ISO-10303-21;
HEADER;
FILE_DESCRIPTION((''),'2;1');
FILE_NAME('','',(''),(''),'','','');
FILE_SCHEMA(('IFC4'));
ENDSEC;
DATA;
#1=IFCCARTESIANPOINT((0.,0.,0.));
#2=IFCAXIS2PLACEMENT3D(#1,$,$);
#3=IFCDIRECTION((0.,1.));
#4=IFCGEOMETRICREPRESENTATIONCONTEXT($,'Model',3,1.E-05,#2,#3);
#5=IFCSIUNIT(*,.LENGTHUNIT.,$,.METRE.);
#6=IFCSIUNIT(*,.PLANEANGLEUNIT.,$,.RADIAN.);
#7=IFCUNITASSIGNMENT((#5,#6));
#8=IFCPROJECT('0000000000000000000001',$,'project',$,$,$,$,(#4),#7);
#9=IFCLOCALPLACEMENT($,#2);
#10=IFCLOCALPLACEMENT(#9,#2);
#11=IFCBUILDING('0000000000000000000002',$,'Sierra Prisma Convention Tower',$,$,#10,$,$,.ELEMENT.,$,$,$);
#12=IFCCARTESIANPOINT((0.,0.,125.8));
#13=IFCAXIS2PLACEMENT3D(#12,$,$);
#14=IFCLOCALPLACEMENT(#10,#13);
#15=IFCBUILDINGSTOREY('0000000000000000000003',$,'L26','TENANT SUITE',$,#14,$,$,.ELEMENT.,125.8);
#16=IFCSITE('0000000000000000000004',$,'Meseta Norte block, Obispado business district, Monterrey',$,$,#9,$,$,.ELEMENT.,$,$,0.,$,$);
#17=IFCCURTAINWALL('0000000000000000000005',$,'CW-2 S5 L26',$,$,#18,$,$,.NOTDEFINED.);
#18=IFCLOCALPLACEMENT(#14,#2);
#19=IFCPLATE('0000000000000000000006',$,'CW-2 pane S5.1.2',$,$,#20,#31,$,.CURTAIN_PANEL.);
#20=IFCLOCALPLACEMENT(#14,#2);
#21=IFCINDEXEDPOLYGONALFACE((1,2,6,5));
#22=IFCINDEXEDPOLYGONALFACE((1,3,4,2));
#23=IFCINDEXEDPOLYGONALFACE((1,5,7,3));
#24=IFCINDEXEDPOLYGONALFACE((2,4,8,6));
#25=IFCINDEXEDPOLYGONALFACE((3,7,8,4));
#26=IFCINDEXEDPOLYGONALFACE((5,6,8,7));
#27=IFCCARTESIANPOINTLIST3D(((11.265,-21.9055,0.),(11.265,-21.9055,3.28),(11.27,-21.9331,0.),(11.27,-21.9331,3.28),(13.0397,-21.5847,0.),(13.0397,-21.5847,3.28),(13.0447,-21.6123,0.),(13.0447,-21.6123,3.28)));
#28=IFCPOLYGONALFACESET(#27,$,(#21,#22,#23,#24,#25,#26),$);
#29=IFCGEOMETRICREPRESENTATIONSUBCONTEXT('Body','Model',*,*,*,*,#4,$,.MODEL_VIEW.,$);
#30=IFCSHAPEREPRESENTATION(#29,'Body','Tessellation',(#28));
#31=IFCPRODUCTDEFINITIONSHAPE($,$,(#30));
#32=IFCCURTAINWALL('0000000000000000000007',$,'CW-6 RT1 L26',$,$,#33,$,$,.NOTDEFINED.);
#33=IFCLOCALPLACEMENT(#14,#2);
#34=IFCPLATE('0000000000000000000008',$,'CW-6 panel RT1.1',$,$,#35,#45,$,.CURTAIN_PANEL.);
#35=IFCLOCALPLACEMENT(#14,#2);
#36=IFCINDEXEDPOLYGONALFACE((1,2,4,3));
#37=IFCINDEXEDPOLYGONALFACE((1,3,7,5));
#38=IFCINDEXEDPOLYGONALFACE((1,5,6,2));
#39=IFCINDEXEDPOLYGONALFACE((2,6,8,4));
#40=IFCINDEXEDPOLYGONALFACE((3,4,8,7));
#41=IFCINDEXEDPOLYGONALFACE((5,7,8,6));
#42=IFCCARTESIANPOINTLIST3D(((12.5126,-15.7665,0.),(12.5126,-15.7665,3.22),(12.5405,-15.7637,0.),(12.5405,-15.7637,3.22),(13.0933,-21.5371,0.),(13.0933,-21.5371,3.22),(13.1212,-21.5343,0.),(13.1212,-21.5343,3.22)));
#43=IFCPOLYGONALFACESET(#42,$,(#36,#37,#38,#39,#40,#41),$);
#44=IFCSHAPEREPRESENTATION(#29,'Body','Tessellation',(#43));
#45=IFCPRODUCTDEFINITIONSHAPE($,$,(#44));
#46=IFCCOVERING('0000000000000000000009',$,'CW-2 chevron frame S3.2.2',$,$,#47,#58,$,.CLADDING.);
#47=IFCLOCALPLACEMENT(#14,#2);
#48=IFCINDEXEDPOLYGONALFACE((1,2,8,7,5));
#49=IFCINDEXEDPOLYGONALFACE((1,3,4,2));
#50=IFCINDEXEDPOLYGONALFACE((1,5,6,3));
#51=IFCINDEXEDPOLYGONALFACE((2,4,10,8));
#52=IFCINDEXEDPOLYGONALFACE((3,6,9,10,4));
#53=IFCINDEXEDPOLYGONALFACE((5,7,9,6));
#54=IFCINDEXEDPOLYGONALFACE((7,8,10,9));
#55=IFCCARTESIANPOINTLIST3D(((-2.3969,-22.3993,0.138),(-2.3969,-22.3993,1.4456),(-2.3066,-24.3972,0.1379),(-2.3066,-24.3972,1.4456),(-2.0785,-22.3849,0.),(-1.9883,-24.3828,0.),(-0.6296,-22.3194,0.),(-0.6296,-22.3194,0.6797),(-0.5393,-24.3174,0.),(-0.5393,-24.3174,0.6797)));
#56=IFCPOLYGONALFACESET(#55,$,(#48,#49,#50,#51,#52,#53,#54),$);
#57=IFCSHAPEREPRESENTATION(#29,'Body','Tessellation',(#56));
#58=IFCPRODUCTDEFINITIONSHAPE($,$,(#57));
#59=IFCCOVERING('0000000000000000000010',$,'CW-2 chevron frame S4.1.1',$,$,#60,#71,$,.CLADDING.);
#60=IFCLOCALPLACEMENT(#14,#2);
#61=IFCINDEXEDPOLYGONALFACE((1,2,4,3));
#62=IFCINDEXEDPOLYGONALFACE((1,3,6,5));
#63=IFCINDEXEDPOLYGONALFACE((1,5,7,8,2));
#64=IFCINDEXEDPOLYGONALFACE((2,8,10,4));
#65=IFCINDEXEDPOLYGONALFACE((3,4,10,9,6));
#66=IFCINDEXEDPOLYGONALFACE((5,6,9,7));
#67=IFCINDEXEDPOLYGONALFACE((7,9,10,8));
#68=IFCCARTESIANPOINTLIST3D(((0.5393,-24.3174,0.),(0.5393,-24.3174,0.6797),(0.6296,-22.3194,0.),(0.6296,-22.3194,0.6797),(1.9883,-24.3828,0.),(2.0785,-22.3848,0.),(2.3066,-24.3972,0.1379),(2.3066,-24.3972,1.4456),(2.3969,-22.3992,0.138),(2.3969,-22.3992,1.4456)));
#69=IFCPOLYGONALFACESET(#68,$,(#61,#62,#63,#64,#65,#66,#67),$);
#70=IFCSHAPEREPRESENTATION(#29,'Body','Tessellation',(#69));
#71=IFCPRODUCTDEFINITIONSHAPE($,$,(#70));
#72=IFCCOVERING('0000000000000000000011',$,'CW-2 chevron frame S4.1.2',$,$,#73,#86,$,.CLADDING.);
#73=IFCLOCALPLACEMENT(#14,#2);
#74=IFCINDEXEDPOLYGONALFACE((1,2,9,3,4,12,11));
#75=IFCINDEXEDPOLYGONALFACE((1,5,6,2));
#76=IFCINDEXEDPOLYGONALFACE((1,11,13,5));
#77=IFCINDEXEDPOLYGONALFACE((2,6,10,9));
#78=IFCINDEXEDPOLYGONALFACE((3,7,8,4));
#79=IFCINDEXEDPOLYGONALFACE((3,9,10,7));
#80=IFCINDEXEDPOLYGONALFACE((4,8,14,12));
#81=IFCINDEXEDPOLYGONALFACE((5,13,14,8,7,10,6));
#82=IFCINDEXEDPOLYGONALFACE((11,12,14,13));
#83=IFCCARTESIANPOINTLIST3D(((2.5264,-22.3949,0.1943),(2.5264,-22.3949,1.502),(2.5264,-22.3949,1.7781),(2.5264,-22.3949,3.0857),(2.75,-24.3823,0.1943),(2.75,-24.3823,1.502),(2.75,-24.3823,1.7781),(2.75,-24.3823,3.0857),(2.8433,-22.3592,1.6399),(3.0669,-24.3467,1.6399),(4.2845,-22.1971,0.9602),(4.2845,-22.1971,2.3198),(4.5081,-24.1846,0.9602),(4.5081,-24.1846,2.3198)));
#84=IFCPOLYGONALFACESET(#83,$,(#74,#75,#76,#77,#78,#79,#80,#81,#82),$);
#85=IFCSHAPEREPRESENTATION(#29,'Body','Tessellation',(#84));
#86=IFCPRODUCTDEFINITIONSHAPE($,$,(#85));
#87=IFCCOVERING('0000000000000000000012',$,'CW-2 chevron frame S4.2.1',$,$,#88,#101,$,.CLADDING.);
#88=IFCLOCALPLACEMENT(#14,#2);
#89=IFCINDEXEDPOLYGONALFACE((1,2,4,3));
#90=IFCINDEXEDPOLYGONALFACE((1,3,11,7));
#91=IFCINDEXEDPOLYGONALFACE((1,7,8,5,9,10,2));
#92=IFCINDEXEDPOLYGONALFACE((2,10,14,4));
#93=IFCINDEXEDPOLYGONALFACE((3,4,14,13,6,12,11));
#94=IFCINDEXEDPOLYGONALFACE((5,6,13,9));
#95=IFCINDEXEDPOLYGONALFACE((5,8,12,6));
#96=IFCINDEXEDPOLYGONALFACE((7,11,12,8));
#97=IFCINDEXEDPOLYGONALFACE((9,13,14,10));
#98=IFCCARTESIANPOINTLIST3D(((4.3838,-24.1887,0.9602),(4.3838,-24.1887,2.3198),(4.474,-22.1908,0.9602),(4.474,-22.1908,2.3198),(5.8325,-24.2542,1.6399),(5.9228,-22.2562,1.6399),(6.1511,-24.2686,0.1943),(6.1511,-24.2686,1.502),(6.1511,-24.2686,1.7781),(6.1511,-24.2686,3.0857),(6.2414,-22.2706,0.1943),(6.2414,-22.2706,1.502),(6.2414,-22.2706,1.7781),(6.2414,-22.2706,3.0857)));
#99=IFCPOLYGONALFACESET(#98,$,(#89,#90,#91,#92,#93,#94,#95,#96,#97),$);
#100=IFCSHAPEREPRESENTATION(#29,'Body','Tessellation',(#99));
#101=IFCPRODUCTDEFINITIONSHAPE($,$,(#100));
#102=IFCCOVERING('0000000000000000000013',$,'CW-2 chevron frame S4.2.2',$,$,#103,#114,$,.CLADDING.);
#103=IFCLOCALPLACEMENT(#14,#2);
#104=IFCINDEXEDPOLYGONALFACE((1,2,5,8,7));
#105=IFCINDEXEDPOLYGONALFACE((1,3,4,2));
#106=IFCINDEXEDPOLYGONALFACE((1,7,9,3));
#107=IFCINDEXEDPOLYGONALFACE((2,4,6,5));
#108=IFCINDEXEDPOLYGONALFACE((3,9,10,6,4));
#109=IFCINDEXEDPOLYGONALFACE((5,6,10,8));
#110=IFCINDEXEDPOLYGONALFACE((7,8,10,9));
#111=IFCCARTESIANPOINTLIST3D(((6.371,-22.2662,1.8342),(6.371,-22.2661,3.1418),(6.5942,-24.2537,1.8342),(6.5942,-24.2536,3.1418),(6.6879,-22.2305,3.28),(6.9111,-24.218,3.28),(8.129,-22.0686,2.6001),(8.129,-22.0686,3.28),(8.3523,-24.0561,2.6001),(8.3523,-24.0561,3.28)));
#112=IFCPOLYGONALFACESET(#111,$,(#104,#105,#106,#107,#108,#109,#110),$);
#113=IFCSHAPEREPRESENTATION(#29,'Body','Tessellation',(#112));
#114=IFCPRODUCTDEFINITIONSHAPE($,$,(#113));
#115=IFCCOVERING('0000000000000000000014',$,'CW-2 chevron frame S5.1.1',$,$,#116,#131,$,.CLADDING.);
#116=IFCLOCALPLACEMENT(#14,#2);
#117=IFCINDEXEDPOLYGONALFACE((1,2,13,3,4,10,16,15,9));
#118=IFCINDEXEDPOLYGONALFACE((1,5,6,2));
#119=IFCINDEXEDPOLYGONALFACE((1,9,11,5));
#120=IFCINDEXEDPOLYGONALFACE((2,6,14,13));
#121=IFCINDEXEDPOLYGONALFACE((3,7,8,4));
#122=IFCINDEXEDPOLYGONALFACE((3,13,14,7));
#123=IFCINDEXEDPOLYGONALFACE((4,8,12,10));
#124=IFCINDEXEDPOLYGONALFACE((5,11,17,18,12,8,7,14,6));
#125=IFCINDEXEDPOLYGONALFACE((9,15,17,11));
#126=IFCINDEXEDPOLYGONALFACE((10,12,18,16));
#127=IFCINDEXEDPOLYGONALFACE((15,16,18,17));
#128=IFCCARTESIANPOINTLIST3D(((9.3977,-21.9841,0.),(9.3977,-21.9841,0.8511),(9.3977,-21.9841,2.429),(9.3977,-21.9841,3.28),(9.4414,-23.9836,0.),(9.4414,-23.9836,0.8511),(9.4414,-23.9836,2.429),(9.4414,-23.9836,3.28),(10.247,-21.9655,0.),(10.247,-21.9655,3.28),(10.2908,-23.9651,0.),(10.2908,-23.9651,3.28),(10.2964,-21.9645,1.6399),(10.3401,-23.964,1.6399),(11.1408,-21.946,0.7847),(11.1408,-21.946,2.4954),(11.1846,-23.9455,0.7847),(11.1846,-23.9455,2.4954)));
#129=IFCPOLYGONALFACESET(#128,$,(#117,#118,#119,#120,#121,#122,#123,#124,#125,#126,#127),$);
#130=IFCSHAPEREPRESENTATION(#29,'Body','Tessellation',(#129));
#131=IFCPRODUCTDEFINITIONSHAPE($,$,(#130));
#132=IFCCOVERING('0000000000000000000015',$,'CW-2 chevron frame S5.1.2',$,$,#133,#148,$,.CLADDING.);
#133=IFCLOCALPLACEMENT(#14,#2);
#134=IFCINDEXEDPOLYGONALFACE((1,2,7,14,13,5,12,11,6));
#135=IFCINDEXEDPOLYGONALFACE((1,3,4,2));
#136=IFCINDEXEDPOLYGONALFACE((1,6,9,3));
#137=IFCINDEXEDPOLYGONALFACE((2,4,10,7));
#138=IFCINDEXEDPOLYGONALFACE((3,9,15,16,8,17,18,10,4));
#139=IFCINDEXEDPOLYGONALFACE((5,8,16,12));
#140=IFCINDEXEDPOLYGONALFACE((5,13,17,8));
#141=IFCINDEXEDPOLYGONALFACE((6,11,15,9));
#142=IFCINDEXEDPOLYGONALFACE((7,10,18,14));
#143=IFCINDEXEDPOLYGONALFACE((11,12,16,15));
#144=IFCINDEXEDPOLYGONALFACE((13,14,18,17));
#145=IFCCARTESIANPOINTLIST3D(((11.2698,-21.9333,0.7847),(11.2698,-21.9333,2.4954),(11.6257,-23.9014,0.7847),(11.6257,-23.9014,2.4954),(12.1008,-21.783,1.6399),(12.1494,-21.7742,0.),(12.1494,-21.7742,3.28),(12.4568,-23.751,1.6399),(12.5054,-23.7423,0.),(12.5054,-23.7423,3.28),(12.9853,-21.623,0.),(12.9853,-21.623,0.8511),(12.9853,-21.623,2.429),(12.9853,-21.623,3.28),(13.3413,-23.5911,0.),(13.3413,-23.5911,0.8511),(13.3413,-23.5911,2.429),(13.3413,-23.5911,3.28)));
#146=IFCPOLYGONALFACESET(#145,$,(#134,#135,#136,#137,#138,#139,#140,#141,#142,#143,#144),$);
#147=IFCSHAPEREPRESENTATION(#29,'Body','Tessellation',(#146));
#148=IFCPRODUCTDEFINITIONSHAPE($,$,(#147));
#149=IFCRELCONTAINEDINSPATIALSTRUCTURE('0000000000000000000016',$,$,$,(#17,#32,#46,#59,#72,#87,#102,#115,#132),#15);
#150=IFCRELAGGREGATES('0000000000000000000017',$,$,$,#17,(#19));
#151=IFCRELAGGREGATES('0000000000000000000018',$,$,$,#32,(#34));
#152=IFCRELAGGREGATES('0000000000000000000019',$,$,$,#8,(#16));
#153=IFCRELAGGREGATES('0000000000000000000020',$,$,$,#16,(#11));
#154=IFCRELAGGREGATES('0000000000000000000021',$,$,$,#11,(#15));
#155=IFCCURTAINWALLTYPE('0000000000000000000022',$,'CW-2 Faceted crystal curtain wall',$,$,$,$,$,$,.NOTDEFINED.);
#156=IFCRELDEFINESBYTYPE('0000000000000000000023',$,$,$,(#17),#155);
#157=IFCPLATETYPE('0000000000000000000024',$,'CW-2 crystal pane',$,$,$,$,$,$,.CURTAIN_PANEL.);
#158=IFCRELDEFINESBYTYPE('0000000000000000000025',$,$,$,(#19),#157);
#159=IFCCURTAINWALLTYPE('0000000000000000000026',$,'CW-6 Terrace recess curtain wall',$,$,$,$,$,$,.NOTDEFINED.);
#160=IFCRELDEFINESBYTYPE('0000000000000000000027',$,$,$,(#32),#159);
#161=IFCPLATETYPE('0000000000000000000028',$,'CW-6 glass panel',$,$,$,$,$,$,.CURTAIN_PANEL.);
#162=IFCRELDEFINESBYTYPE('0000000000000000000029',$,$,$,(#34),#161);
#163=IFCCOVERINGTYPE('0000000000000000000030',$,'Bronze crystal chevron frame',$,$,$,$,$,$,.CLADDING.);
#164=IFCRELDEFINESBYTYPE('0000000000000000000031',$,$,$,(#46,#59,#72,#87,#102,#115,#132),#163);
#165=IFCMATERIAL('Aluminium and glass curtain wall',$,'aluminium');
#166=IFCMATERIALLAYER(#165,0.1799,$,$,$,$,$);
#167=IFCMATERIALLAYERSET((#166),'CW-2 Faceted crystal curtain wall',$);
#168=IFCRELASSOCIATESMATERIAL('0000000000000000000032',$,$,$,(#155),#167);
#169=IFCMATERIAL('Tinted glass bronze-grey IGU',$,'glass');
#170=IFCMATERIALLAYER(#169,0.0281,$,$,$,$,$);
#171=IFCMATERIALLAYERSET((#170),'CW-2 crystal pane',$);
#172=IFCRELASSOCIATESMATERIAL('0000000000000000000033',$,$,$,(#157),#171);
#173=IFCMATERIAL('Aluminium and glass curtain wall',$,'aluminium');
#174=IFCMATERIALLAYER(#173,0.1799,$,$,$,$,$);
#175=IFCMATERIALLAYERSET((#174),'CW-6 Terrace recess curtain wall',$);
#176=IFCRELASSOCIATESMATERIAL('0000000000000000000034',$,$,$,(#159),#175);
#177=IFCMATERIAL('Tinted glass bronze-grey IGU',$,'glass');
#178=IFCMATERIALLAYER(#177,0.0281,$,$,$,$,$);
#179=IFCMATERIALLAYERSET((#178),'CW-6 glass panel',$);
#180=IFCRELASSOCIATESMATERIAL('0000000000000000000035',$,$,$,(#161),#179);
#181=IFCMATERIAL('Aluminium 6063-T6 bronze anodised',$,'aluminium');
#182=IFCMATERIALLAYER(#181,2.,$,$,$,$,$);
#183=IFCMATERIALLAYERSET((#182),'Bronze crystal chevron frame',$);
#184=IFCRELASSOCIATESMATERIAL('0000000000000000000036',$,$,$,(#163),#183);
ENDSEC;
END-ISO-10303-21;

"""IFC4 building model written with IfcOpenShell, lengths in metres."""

from ifc_helpers import new_model, si_unit, direction, frame, origin, origin_2d, place, context, subcontext, project, spatial, polyline, rectangle, outline, extrude, material, layer, layer_set, type_object, element, aggregate, save


model = new_model("IFC4")

# Units and contexts
model_context = context("Model", 3, precision=1e-05, world=origin(), true_north=direction((0.0, 1.0)))
body_context = subcontext(model_context, "Body", "Model", "MODEL_VIEW")
ifc_project = project(units=[si_unit("LENGTHUNIT", "METRE"), si_unit("PLANEANGLEUNIT", "RADIAN")], contexts=[model_context])

# Site, building, storey
site_placement = place(None, origin())
site = spatial("IfcSite", under=ifc_project, at=site_placement, Name="Meseta Norte block, Obispado business district, Monterrey", CompositionType="ELEMENT", RefElevation=0.0)
building_placement = place(site_placement, origin())
building = spatial("IfcBuilding", under=site, at=building_placement, Name="Sierra Prisma Convention Tower", CompositionType="ELEMENT")
storey_placement = place(building_placement, frame((0.0, 0.0, 125.8)))
storey = spatial("IfcBuildingStorey", under=building, at=storey_placement, Name="L26", Description="TENANT SUITE", CompositionType="ELEMENT", Elevation=125.8)

# Shared definitions
ifc_material_1 = material(Name="Aluminium and glass curtain wall", Category="aluminium")
ifc_layer_1 = layer(ifc_material_1, 0.1799)
ifc_layer_set_1 = layer_set([ifc_layer_1], Name="CW-2 Faceted crystal curtain wall")
curtain_wall_type_1 = type_object("IfcCurtainWallType", Name="CW-2 Faceted crystal curtain wall", PredefinedType="NOTDEFINED", material=ifc_layer_set_1)

# Curtain wall
curtain_wall_1_placement = place(storey_placement, origin())
curtain_wall_1 = element("IfcCurtainWall", 1, at=curtain_wall_1_placement, inside=storey, type_object=curtain_wall_type_1, Name="CW-2 S5 L26", PredefinedType="NOTDEFINED")

# Shared definitions
ifc_material_2 = material(Name="Tinted glass bronze-grey IGU", Category="glass")
ifc_layer_2 = layer(ifc_material_2, 0.0281)
ifc_layer_set_2 = layer_set([ifc_layer_2], Name="CW-2 crystal pane")
plate_type_1 = type_object("IfcPlateType", Name="CW-2 crystal pane", PredefinedType="CURTAIN_PANEL", material=ifc_layer_set_2)

# Plate
plate_1_placement = place(storey_placement, frame((13.0447, -21.6123, 0.0), z_axis=(0.177885, -0.984051, 0.0), x_axis=(-0.984051, -0.177885, 0.0)))
plate_1 = element("IfcPlate", 2, at=plate_1_placement, type_object=plate_type_1, Name="CW-2 pane S5.1.2", PredefinedType="CURTAIN_PANEL", context=body_context, shape_type="SweptSolid", body=[
    extrude(outline(polyline([(0.0, 0.0), (1.8034, 0.0), (1.8034, -3.28), (0.0, -3.28), (0.0, 0.0)])), origin(), (0.0, 0.0, -1.0), 0.0281),
])
aggregate(curtain_wall_1, [plate_1])

# Curtain wall, plate
ifc_material_3 = material(Name="Aluminium and glass curtain wall", Category="aluminium")
ifc_layer_3 = layer(ifc_material_3, 0.1799)
ifc_layer_set_3 = layer_set([ifc_layer_3], Name="CW-6 Terrace recess curtain wall")
curtain_wall_type_2 = type_object("IfcCurtainWallType", Name="CW-6 Terrace recess curtain wall", PredefinedType="NOTDEFINED", material=ifc_layer_set_3)
curtain_wall_2_placement = place(storey_placement, origin())
curtain_wall_2 = element("IfcCurtainWall", 3, at=curtain_wall_2_placement, inside=storey, type_object=curtain_wall_type_2, Name="CW-6 RT1 L26", PredefinedType="NOTDEFINED")
ifc_material_4 = material(Name="Tinted glass bronze-grey IGU", Category="glass")
ifc_layer_4 = layer(ifc_material_4, 0.0281)
ifc_layer_set_4 = layer_set([ifc_layer_4], Name="CW-6 glass panel")
plate_type_2 = type_object("IfcPlateType", Name="CW-6 glass panel", PredefinedType="CURTAIN_PANEL", material=ifc_layer_set_4)
plate_2_placement = place(storey_placement, frame((12.8169, -18.6504, 0.0), z_axis=(0.0, 0.0, 1.0), x_axis=(-0.100118, 0.994976, 0.0)))
plate_2 = element("IfcPlate", 4, at=plate_2_placement, type_object=plate_type_2, Name="CW-6 panel RT1.1", PredefinedType="CURTAIN_PANEL", context=body_context, shape_type="SweptSolid", body=[
    extrude(rectangle(XDim=5.7998, YDim=0.0281, at=origin_2d()), origin(), (0.0, 0.0, 1.0), 3.22),
])
aggregate(curtain_wall_2, [plate_2])

# Coverings
ifc_material_5 = material(Name="Aluminium 6063-T6 bronze anodised", Category="aluminium")
ifc_layer_5 = layer(ifc_material_5, 2.0)
ifc_layer_set_5 = layer_set([ifc_layer_5], Name="Bronze crystal chevron frame")
covering_type = type_object("IfcCoveringType", Name="Bronze crystal chevron frame", PredefinedType="CLADDING", material=ifc_layer_set_5)
covering_1_placement = place(storey_placement, frame((-2.3066, -24.3972, 0.1379), z_axis=(0.045125, -0.998981, -0.000011), x_axis=(0.916786, 0.041417, -0.397226)))
element("IfcCovering", 5, at=covering_1_placement, inside=storey, type_object=covering_type, Name="CW-2 chevron frame S3.2.2", PredefinedType="CLADDING", context=body_context, shape_type="SweptSolid", body=[
    extrude(outline(polyline([(0.0, 0.0), (0.3473, 0.0), (1.6784, 0.5762), (1.4084, 1.1999), (-0.5194, 1.2), (0.0, 0.0)])), origin(), (0.0, 0.0, -1.0), 2.0),
])
covering_2_placement = place(storey_placement, frame((1.9883, -24.3828, 0.0), z_axis=(-0.045125, -0.998981, -0.000011), x_axis=(0.916786, -0.041417, 0.397226)))
element("IfcCovering", 6, at=covering_2_placement, inside=storey, type_object=covering_type, Name="CW-2 chevron frame S4.1.1", PredefinedType="CLADDING", context=body_context, shape_type="SweptSolid", body=[
    extrude(outline(polyline([(0.0, 0.0), (0.3473, 0.0), (0.8667, 1.2), (-1.0611, 1.1999), (-1.3311, 0.5762), (0.0, 0.0)])), origin(), (0.0, 0.0, -1.0), 2.0),
])
covering_3_placement = place(storey_placement, frame((2.75, -24.3823, 1.502), z_axis=(0.111779, -0.993733, 0.0), x_axis=(0.0, 0.0, -1.0)))
element("IfcCovering", 7, at=covering_3_placement, inside=storey, type_object=covering_type, Name="CW-2 chevron frame S4.1.2", PredefinedType="CLADDING", context=body_context, shape_type="SweptSolid", body=[
    extrude(outline(polyline([(0.0, 0.0), (1.3076, 0.0), (0.5417, 1.7691), (-0.8179, 1.7691), (-1.5837, 0.0), (-0.2761, 0.0), (-0.1379, 0.3189), (0.0, 0.0)])), origin(), (0.0, 0.0, -1.0), 2.0),
])
covering_4_placement = place(storey_placement, frame((4.3838, -24.1887, 0.9602), z_axis=(-0.045126, -0.998981, 0.0), x_axis=(0.916764, -0.041412, -0.397277)))
element("IfcCovering", 8, at=covering_4_placement, inside=storey, type_object=covering_type, Name="CW-2 chevron frame S4.2.1", PredefinedType="CLADDING", context=body_context, shape_type="SweptSolid", body=[
    extrude(outline(polyline([(0.0, 0.0), (1.9278, 0.0), (1.4083, 1.2), (1.0608, 1.1999), (1.2986, 1.4534), (0.7791, 2.6534), (-0.5401, 1.2477), (0.0, 0.0)])), origin(), (0.0, 0.0, -1.0), 2.0),
])
covering_5_placement = place(storey_placement, frame((6.5942, -24.2537, 1.8342), z_axis=(0.111642, -0.993749, 0.00002), x_axis=(0.911959, 0.102461, 0.397281)))
element("IfcCovering", 9, at=covering_5_placement, inside=storey, type_object=covering_type, Name="CW-2 chevron frame S4.2.2", PredefinedType="CLADDING", context=body_context, shape_type="SweptSolid", body=[
    extrude(outline(polyline([(0.0, 0.0), (1.9278, 0.0), (2.1979, 0.624), (0.867, 1.2001), (0.5195, 1.2), (0.0, 0.0)])), origin(), (0.0, 0.0, -1.0), 2.0),
])
covering_6_placement = place(storey_placement, frame((9.4414, -23.9836, 0.0), z_axis=(0.021862, -0.999761, 0.0), x_axis=(0.999761, 0.021862, 0.0)))
element("IfcCovering", 10, at=covering_6_placement, inside=storey, type_object=covering_type, Name="CW-2 chevron frame S5.1.1", PredefinedType="CLADDING", context=body_context, shape_type="SweptSolid", body=[
    extrude(outline(polyline([(0.0, 0.0), (0.8496, 0.0), (1.7436, 0.7847), (1.7436, 2.4954), (0.8496, 3.28), (0.0, 3.28), (0.0, 2.429), (0.8989, 1.6399), (0.0, 0.8511), (0.0, 0.0)])), origin(), (0.0, 0.0, -1.0), 2.0),
])
covering_7_placement = place(storey_placement, frame((11.6257, -23.9014, 0.7847), z_axis=(0.177986, -0.984033, 0.0), x_axis=(0.739541, 0.133763, -0.659686)))
element("IfcCovering", 11, at=covering_7_placement, inside=storey, type_object=covering_type, Name="CW-2 chevron frame S5.1.2", PredefinedType="CLADDING", context=body_context, shape_type="SweptSolid", body=[
    extrude(outline(polyline([(0.0, 0.0), (1.1895, 0.0), (1.8279, 0.5604), (1.2664, 1.2), (0.0705, 1.1999), (0.2255, 2.3859), (-0.3359, 3.0255), (-0.9743, 2.4651), (-1.1285, 1.2857), (0.0, 0.0)])), origin(), (0.0, 0.0, -1.0), 2.0),
])

save(model, "model.ifc")
